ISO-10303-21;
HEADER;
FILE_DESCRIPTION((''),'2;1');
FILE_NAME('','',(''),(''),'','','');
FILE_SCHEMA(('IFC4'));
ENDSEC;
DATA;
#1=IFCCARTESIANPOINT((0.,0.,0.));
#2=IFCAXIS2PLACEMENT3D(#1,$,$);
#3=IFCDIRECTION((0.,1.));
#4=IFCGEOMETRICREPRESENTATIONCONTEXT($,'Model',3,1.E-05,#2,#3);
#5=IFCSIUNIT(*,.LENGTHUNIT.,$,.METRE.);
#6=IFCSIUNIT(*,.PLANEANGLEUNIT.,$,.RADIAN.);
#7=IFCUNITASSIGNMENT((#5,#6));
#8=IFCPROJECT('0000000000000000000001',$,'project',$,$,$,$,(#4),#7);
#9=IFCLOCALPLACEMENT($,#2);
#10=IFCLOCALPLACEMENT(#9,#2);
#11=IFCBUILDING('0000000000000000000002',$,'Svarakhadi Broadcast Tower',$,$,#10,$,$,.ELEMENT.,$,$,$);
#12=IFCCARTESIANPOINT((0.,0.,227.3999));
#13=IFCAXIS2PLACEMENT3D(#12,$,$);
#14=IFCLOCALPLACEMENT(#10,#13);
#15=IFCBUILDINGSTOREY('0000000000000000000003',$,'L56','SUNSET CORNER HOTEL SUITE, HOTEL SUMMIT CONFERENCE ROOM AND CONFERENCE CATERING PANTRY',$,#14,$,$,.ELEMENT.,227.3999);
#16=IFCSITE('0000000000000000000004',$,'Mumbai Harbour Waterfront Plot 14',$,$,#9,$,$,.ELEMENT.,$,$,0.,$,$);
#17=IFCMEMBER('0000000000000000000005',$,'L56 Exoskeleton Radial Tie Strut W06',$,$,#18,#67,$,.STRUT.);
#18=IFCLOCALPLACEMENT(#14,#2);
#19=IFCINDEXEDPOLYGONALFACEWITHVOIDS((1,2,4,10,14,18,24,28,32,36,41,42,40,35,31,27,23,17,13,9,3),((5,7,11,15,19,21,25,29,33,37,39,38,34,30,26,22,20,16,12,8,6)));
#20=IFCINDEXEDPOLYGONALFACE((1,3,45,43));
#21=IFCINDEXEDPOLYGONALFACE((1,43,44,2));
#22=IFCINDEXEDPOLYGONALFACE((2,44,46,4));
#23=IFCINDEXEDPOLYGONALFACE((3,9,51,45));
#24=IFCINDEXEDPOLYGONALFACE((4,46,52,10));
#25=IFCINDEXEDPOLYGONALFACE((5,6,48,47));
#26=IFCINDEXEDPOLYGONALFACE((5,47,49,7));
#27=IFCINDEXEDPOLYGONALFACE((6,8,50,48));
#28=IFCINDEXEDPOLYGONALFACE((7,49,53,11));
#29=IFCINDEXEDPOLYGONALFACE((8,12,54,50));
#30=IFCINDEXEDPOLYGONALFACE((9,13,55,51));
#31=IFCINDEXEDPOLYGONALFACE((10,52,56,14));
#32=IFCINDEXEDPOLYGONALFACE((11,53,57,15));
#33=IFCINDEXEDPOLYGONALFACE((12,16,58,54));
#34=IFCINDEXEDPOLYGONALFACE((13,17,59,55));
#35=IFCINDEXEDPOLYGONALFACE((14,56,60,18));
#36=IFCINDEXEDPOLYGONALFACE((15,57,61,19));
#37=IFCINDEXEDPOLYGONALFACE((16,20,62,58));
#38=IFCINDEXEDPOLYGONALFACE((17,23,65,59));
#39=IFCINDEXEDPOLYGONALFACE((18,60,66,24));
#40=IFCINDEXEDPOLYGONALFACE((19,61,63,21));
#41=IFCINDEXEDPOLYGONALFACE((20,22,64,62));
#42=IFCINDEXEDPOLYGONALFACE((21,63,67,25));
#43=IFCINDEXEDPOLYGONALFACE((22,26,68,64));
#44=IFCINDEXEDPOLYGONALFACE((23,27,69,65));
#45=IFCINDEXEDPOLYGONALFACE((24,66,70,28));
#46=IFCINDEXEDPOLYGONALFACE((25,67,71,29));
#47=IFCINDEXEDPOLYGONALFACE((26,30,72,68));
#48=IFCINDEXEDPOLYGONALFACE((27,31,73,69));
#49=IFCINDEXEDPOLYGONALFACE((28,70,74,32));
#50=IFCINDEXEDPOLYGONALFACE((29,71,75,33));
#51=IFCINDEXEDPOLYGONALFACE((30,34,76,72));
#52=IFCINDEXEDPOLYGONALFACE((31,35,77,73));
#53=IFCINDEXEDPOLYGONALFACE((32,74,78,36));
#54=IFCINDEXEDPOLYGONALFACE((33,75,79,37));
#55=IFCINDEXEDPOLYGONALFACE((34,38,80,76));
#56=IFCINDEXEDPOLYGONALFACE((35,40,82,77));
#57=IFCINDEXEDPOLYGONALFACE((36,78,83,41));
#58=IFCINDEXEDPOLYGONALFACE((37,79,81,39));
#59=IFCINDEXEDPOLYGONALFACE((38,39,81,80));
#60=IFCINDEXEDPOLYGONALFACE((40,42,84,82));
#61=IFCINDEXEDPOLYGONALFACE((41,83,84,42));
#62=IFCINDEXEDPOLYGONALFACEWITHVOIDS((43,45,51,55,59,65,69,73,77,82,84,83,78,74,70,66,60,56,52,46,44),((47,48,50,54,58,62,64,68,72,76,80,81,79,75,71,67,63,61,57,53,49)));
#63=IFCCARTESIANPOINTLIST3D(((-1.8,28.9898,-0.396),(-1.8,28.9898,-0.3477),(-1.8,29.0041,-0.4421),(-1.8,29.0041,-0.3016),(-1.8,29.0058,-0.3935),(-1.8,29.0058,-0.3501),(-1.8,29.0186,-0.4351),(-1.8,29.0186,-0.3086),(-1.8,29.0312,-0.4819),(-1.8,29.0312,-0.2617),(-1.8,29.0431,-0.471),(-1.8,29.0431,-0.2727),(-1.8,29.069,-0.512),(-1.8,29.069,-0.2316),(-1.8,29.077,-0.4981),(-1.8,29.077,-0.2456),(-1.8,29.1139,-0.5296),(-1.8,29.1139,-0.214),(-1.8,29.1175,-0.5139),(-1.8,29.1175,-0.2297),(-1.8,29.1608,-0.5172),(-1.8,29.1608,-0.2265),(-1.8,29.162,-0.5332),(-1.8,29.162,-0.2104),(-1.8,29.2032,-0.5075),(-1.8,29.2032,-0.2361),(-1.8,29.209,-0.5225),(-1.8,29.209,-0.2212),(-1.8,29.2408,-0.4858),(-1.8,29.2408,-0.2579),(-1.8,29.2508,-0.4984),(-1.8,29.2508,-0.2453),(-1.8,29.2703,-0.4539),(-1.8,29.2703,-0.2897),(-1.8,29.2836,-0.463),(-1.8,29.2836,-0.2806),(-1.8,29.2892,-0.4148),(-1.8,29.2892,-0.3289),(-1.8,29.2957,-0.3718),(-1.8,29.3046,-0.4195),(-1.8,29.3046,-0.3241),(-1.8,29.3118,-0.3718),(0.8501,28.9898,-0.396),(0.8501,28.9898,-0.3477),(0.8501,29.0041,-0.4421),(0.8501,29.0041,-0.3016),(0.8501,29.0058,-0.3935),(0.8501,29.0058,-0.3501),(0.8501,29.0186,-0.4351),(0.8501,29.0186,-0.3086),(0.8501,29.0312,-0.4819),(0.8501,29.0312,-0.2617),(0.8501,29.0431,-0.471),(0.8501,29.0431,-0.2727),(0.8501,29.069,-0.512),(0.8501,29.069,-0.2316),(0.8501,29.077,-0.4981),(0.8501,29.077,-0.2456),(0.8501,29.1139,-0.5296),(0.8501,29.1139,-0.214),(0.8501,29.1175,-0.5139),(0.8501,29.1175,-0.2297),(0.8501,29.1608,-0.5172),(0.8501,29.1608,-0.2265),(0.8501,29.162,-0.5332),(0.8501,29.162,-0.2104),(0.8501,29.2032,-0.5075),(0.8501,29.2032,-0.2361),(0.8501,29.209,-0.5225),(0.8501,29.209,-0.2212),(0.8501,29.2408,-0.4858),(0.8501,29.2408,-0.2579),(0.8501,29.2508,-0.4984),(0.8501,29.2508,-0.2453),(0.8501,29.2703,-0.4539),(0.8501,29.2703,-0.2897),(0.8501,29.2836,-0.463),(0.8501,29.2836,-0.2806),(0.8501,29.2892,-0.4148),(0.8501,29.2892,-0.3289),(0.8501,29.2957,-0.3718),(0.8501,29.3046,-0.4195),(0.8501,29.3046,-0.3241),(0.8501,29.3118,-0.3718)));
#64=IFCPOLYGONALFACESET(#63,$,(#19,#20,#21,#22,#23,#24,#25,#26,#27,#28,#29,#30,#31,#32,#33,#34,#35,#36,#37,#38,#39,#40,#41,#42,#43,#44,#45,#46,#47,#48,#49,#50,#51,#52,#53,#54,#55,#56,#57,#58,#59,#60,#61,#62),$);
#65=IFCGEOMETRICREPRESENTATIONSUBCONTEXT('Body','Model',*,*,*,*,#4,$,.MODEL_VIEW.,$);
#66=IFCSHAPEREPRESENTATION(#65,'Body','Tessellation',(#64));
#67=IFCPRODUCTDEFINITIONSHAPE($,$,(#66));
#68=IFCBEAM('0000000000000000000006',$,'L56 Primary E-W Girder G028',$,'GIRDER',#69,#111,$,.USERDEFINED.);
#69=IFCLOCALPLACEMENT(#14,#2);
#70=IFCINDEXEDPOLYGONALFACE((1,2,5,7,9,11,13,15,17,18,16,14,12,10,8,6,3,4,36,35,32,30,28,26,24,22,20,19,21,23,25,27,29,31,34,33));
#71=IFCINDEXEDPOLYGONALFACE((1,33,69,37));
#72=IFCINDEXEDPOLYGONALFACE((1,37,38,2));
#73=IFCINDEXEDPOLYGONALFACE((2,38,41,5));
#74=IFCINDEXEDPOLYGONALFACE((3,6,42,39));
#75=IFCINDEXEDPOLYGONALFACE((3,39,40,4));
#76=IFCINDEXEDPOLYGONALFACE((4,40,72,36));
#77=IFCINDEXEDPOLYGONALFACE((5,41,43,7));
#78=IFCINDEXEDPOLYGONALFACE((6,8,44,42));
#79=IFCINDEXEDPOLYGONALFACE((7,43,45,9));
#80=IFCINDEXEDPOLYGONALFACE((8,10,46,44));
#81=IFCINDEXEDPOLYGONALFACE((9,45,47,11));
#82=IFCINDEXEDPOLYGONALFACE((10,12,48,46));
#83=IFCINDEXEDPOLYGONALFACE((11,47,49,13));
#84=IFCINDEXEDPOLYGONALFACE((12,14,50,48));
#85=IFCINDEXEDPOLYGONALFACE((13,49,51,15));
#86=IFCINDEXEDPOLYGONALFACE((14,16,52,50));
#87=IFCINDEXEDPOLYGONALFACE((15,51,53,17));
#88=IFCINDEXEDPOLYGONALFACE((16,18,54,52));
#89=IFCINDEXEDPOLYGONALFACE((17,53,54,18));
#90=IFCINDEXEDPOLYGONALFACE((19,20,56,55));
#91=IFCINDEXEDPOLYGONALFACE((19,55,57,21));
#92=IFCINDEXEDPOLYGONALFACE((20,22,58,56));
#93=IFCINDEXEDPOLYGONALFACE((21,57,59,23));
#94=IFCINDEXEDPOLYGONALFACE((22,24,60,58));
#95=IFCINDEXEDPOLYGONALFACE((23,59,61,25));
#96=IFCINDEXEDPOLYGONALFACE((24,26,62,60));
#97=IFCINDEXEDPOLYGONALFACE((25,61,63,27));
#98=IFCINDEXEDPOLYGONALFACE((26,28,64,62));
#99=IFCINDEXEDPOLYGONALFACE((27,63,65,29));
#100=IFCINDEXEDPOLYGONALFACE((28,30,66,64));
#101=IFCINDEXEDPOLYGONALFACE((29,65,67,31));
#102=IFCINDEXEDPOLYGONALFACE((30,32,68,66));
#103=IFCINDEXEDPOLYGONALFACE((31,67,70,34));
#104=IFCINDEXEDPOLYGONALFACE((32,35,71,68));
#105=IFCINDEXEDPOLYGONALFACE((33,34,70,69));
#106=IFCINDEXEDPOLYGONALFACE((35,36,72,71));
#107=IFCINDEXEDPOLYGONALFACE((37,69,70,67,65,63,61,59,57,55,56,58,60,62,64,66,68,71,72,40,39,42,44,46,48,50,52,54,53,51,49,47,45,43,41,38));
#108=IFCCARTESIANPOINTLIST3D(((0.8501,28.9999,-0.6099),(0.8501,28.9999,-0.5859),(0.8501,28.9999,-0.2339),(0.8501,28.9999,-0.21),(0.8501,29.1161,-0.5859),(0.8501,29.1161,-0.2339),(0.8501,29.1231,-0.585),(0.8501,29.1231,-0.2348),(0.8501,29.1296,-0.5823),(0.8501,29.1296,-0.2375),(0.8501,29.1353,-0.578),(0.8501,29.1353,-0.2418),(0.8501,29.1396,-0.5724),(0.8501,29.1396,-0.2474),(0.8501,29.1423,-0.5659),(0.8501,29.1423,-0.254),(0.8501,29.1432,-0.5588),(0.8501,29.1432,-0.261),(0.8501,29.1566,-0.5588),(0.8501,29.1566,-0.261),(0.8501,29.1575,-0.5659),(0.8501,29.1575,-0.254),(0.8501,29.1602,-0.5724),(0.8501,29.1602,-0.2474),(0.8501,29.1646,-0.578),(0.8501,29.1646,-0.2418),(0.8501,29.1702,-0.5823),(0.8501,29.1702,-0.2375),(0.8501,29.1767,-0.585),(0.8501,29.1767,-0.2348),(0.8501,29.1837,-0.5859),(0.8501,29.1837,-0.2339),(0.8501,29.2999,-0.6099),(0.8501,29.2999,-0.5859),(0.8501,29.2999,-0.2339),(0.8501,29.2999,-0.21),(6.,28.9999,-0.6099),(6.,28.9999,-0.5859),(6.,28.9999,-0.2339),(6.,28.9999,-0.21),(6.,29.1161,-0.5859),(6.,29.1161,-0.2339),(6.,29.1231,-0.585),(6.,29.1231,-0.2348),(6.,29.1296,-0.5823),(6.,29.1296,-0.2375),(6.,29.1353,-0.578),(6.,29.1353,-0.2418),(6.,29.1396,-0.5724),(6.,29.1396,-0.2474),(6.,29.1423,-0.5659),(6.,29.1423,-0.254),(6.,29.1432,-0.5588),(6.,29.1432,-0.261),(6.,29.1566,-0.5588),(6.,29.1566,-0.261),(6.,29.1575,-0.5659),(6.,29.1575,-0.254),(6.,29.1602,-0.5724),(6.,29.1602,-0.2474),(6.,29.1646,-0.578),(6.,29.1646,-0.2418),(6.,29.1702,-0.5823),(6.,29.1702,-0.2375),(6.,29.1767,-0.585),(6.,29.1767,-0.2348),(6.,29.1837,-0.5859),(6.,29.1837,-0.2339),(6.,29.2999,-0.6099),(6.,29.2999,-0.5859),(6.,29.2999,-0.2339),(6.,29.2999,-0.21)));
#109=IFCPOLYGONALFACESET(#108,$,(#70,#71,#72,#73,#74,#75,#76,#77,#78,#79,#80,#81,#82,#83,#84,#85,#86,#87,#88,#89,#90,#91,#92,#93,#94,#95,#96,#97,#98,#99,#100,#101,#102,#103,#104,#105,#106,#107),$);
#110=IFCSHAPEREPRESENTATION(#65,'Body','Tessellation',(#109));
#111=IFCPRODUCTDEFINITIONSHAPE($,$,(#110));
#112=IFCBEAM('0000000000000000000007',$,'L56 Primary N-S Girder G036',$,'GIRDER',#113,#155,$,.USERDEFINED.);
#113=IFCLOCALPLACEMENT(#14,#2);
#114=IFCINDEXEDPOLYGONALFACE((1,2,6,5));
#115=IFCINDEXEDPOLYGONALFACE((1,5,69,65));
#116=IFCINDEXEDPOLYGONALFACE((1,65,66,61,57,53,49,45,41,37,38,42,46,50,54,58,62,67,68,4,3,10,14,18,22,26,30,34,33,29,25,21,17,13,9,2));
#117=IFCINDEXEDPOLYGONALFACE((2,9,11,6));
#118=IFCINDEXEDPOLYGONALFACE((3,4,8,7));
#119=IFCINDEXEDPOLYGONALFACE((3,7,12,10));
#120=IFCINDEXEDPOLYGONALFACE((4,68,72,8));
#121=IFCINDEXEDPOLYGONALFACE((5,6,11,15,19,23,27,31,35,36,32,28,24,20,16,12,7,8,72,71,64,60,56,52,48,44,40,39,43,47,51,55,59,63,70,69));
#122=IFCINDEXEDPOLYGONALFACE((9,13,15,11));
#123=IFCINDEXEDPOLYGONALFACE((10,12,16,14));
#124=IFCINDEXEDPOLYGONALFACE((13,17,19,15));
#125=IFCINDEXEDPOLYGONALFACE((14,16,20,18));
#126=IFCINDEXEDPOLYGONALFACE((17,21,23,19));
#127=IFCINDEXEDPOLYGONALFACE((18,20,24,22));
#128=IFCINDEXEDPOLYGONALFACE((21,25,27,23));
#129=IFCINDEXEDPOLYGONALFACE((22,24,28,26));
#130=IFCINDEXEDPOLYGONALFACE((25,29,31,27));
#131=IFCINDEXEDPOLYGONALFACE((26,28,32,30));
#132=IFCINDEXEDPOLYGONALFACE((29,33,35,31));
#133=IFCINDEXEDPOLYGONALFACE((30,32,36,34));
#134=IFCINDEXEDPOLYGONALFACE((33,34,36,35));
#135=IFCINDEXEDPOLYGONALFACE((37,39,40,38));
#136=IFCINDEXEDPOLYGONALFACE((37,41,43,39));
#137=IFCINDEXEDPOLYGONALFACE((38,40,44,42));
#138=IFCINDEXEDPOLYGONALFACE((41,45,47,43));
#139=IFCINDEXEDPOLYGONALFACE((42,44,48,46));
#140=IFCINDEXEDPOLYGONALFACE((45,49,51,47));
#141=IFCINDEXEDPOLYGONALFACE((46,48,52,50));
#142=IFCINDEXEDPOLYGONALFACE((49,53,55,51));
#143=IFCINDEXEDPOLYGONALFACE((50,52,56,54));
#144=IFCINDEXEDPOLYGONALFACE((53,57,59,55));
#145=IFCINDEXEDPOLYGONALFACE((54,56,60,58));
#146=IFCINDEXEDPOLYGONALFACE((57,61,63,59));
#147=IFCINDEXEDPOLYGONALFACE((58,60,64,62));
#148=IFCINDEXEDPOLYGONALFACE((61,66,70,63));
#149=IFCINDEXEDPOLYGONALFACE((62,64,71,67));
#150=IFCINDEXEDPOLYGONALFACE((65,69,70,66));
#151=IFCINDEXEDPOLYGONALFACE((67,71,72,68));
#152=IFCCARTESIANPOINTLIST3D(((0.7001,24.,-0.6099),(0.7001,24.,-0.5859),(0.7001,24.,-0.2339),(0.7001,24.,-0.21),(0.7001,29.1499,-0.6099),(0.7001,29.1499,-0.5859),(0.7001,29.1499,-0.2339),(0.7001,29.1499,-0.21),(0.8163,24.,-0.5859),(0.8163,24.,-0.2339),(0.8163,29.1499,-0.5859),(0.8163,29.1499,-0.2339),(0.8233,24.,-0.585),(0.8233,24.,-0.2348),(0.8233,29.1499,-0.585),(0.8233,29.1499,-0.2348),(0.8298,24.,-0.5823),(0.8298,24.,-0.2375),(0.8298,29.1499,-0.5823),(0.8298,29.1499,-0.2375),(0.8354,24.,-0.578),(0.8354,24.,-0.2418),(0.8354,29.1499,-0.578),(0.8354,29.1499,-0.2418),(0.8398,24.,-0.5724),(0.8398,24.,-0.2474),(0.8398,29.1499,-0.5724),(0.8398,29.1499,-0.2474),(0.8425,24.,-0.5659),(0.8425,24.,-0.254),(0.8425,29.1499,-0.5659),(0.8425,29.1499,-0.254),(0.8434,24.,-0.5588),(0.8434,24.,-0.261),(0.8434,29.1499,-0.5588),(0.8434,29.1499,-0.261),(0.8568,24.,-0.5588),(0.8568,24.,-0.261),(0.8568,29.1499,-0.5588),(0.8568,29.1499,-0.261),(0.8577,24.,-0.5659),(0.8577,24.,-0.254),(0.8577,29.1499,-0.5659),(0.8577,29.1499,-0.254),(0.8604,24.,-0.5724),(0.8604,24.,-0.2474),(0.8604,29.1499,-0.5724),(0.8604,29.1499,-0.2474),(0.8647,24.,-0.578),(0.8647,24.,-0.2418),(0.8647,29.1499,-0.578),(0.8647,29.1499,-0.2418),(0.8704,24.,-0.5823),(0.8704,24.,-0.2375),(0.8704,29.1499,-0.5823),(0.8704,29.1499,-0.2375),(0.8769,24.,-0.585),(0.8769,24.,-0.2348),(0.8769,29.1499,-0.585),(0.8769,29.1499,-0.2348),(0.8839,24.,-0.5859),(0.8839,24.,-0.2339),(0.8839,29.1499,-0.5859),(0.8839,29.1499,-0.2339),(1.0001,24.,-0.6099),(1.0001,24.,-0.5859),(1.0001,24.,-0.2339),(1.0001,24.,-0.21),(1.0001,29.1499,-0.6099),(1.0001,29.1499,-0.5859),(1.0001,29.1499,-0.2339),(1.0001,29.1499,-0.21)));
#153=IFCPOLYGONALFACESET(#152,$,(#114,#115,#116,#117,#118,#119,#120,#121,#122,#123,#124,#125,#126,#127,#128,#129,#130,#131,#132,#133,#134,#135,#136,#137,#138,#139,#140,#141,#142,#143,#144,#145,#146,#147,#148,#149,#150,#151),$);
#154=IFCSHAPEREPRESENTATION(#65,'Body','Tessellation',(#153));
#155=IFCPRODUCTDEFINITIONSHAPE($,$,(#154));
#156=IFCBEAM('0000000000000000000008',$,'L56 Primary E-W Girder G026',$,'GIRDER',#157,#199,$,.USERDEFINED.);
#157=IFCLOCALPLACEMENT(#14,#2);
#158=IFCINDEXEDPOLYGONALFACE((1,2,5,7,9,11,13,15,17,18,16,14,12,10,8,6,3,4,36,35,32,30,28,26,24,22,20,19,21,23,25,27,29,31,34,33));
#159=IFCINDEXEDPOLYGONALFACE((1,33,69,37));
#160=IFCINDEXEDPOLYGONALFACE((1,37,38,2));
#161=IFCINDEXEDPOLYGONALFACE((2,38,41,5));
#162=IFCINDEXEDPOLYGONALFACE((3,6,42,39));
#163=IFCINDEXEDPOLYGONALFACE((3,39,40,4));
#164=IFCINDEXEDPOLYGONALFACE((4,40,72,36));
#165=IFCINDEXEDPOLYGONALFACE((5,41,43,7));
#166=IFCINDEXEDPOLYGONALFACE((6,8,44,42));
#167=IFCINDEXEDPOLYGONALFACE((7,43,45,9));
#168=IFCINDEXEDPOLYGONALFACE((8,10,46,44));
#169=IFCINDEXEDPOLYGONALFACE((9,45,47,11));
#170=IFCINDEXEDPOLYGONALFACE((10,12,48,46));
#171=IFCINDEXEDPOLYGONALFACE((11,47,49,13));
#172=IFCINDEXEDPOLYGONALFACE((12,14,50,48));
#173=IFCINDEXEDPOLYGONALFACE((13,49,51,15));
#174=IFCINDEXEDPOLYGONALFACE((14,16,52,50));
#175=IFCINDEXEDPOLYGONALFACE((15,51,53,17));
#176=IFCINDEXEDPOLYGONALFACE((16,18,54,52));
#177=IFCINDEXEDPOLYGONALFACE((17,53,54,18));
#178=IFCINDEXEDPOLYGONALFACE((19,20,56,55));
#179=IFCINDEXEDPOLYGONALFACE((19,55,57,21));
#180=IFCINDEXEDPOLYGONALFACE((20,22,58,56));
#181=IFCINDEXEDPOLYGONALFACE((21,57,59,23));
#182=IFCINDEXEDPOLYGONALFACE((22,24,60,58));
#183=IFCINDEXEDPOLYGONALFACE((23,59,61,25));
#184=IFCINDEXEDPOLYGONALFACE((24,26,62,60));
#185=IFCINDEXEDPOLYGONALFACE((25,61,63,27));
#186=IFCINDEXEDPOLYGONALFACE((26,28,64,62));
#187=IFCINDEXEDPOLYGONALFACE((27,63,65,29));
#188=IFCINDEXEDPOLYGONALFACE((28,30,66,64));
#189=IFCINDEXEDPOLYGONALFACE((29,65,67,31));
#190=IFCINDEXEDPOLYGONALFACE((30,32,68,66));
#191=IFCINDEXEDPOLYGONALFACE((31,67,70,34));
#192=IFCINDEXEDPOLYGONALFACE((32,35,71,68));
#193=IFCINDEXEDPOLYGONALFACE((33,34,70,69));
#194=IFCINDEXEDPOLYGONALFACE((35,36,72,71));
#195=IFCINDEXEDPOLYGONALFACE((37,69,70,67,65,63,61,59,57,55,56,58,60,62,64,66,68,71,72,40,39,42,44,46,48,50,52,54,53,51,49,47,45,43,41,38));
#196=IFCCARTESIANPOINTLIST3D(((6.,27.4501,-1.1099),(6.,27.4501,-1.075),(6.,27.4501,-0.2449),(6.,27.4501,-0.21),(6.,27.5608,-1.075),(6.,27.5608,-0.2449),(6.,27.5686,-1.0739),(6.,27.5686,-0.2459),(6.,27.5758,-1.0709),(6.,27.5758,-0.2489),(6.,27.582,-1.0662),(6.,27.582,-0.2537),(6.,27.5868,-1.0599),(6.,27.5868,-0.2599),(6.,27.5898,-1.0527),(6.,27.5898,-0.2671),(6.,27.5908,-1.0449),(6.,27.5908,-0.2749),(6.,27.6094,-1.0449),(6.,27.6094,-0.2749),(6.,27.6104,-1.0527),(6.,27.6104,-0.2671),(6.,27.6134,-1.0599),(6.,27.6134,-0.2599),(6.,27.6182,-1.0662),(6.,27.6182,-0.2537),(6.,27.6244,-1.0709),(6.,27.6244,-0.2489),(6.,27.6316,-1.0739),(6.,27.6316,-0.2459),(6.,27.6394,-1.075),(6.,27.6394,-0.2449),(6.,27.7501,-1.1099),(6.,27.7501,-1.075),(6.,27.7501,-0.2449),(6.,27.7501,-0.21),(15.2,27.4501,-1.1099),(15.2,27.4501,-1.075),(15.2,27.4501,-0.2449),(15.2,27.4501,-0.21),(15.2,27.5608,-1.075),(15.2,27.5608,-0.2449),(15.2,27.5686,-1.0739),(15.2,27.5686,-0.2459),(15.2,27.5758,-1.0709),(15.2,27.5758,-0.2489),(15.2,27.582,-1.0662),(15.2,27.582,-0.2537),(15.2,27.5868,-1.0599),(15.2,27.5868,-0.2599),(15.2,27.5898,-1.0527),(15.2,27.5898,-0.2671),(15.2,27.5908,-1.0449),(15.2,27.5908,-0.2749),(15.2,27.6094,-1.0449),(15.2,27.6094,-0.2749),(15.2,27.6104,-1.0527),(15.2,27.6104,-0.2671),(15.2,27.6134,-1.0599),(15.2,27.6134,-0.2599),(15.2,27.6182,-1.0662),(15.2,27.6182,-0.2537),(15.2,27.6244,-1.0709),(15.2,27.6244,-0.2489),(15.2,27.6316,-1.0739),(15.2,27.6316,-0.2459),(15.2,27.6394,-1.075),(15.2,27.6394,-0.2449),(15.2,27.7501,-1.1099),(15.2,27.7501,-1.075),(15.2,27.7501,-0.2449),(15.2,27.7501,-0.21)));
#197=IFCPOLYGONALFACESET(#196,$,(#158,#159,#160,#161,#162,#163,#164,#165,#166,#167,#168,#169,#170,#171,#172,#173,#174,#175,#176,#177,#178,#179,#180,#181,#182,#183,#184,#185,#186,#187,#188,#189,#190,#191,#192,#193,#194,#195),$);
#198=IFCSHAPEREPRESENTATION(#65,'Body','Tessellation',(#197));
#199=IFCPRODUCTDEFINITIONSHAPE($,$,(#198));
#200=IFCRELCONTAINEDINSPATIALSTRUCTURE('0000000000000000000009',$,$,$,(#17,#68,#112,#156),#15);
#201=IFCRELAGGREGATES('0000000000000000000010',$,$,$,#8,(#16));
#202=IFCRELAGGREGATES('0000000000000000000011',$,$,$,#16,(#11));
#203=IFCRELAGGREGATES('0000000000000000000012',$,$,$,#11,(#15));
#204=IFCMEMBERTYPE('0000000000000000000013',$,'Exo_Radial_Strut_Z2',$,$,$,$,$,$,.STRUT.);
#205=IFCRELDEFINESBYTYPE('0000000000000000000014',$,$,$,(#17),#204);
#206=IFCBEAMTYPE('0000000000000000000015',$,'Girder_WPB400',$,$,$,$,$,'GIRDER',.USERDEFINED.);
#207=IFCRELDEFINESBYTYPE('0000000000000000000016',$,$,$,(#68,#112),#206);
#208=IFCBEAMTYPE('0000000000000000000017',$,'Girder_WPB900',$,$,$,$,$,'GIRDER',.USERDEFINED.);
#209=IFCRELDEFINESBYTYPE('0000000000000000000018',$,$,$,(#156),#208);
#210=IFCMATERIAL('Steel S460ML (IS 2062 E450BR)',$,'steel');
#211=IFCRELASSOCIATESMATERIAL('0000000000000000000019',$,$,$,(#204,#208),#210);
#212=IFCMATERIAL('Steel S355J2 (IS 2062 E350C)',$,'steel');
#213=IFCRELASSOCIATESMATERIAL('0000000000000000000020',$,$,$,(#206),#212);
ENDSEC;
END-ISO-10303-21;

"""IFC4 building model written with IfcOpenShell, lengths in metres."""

from ifc_helpers import new_model, si_unit, direction, frame, origin, origin_2d, place, context, subcontext, project, spatial, hollow_circle, i_section, extrude, material, material_profile, profile_set, type_object, element, save


model = new_model("IFC4")

# Units and contexts
model_context = context("Model", 3, precision=1e-05, world=origin(), true_north=direction((0.0, 1.0)))
body_context = subcontext(model_context, "Body", "Model", "MODEL_VIEW")
ifc_project = project(units=[si_unit("LENGTHUNIT", "METRE"), si_unit("PLANEANGLEUNIT", "RADIAN")], contexts=[model_context])

# Site, building, storey
site_placement = place(None, origin())
site = spatial("IfcSite", under=ifc_project, at=site_placement, Name="Mumbai Harbour Waterfront Plot 14", CompositionType="ELEMENT", RefElevation=0.0)
building_placement = place(site_placement, origin())
building = spatial("IfcBuilding", under=site, at=building_placement, Name="Svarakhadi Broadcast Tower", CompositionType="ELEMENT")
storey_placement = place(building_placement, frame((0.0, 0.0, 227.3999)))
storey = spatial("IfcBuildingStorey", under=building, at=storey_placement, Name="L56", Description="SUNSET CORNER HOTEL SUITE, HOTEL SUMMIT CONFERENCE ROOM AND CONFERENCE CATERING PANTRY", CompositionType="ELEMENT", Elevation=227.3999)

# Shared definitions
ifc_material_1 = material(Name="Steel S460ML (IS 2062 E450BR)", Category="steel")

# Shared definitions
ifc_material_2 = material(Name="Steel S355J2 (IS 2062 E350C)", Category="steel")

# Member
ifc_material_profile_1 = material_profile(ifc_material_1, hollow_circle(Radius=0.1619, WallThickness=0.0161, at=origin_2d()), Name="CHS 323.9x16")
ifc_profile_set_1 = profile_set([ifc_material_profile_1], Name="Steel S460ML (IS 2062 E450BR)")
member_type_1 = type_object("IfcMemberType", Name="Exo_Radial_Strut_Z2", PredefinedType="STRUT", material=ifc_profile_set_1)
member_1_placement = place(storey_placement, frame((-1.8, 29.1499, -0.3718), z_axis=(1.0, 0.0, 0.0), x_axis=(0.0, 1.0, 0.0)))
element("IfcMember", 1, at=member_1_placement, inside=storey, type_object=member_type_1, Name="L56 Exoskeleton Radial Tie Strut W06", PredefinedType="STRUT", context=body_context, shape_type="SweptSolid", body=[
    extrude(hollow_circle(Radius=0.1619, WallThickness=0.0161, at=origin_2d()), origin(), (0.0, 0.0, 1.0), 2.6501),
])

# Beams
ifc_material_profile_2 = material_profile(ifc_material_2, i_section(OverallWidth=0.3, OverallDepth=0.3999, WebThickness=0.0134, FlangeThickness=0.0239, FilletRadius=0.0271, at=origin_2d()), Name="WPB 400x300x155")
ifc_profile_set_2 = profile_set([ifc_material_profile_2], Name="Steel S355J2 (IS 2062 E350C)")
beam_type_1 = type_object("IfcBeamType", Name="Girder_WPB400", ElementType="GIRDER", PredefinedType="USERDEFINED", material=ifc_profile_set_2)
for number, where, z_axis, x_axis, name in (
    (2, (0.8501, 29.1499, -0.4099), (1.0, 0.0, 0.0), (0.0, 1.0, 0.0), "L56 Primary E-W Girder G028"),
    (3, (0.8501, 24.0, -0.4099), (0.0, 1.0, 0.0), (-1.0, 0.0, 0.0), "L56 Primary N-S Girder G036"),
):
    element("IfcBeam", number, at=place(storey_placement, frame(where, z_axis=z_axis, x_axis=x_axis)), inside=storey, type_object=beam_type_1, Name=name, ObjectType="GIRDER", PredefinedType="USERDEFINED", context=body_context, shape_type="SweptSolid", body=[
        extrude(i_section(OverallWidth=0.3, OverallDepth=0.3999, WebThickness=0.0134, FlangeThickness=0.0239, FilletRadius=0.0271, at=origin_2d()), origin(), (0.0, 0.0, 1.0), 5.1499),
    ])
ifc_material_profile_3 = material_profile(ifc_material_1, i_section(OverallWidth=0.3, OverallDepth=0.8999, WebThickness=0.0186, FlangeThickness=0.0349, FilletRadius=0.03, at=origin_2d()), Name="WPB 900x300x291")
ifc_profile_set_3 = profile_set([ifc_material_profile_3], Name="Steel S460ML (IS 2062 E450BR)")
beam_type_2 = type_object("IfcBeamType", Name="Girder_WPB900", ElementType="GIRDER", PredefinedType="USERDEFINED", material=ifc_profile_set_3)
beam_1_placement = place(storey_placement, frame((6.0, 27.6001, -0.6599), z_axis=(1.0, 0.0, 0.0), x_axis=(0.0, 1.0, 0.0)))
element("IfcBeam", 4, at=beam_1_placement, inside=storey, type_object=beam_type_2, Name="L56 Primary E-W Girder G026", ObjectType="GIRDER", PredefinedType="USERDEFINED", context=body_context, shape_type="SweptSolid", body=[
    extrude(i_section(OverallWidth=0.3, OverallDepth=0.8999, WebThickness=0.0186, FlangeThickness=0.0349, FilletRadius=0.03, at=origin_2d()), origin(), (0.0, 0.0, 1.0), 9.2),
])

save(model, "model.ifc")
